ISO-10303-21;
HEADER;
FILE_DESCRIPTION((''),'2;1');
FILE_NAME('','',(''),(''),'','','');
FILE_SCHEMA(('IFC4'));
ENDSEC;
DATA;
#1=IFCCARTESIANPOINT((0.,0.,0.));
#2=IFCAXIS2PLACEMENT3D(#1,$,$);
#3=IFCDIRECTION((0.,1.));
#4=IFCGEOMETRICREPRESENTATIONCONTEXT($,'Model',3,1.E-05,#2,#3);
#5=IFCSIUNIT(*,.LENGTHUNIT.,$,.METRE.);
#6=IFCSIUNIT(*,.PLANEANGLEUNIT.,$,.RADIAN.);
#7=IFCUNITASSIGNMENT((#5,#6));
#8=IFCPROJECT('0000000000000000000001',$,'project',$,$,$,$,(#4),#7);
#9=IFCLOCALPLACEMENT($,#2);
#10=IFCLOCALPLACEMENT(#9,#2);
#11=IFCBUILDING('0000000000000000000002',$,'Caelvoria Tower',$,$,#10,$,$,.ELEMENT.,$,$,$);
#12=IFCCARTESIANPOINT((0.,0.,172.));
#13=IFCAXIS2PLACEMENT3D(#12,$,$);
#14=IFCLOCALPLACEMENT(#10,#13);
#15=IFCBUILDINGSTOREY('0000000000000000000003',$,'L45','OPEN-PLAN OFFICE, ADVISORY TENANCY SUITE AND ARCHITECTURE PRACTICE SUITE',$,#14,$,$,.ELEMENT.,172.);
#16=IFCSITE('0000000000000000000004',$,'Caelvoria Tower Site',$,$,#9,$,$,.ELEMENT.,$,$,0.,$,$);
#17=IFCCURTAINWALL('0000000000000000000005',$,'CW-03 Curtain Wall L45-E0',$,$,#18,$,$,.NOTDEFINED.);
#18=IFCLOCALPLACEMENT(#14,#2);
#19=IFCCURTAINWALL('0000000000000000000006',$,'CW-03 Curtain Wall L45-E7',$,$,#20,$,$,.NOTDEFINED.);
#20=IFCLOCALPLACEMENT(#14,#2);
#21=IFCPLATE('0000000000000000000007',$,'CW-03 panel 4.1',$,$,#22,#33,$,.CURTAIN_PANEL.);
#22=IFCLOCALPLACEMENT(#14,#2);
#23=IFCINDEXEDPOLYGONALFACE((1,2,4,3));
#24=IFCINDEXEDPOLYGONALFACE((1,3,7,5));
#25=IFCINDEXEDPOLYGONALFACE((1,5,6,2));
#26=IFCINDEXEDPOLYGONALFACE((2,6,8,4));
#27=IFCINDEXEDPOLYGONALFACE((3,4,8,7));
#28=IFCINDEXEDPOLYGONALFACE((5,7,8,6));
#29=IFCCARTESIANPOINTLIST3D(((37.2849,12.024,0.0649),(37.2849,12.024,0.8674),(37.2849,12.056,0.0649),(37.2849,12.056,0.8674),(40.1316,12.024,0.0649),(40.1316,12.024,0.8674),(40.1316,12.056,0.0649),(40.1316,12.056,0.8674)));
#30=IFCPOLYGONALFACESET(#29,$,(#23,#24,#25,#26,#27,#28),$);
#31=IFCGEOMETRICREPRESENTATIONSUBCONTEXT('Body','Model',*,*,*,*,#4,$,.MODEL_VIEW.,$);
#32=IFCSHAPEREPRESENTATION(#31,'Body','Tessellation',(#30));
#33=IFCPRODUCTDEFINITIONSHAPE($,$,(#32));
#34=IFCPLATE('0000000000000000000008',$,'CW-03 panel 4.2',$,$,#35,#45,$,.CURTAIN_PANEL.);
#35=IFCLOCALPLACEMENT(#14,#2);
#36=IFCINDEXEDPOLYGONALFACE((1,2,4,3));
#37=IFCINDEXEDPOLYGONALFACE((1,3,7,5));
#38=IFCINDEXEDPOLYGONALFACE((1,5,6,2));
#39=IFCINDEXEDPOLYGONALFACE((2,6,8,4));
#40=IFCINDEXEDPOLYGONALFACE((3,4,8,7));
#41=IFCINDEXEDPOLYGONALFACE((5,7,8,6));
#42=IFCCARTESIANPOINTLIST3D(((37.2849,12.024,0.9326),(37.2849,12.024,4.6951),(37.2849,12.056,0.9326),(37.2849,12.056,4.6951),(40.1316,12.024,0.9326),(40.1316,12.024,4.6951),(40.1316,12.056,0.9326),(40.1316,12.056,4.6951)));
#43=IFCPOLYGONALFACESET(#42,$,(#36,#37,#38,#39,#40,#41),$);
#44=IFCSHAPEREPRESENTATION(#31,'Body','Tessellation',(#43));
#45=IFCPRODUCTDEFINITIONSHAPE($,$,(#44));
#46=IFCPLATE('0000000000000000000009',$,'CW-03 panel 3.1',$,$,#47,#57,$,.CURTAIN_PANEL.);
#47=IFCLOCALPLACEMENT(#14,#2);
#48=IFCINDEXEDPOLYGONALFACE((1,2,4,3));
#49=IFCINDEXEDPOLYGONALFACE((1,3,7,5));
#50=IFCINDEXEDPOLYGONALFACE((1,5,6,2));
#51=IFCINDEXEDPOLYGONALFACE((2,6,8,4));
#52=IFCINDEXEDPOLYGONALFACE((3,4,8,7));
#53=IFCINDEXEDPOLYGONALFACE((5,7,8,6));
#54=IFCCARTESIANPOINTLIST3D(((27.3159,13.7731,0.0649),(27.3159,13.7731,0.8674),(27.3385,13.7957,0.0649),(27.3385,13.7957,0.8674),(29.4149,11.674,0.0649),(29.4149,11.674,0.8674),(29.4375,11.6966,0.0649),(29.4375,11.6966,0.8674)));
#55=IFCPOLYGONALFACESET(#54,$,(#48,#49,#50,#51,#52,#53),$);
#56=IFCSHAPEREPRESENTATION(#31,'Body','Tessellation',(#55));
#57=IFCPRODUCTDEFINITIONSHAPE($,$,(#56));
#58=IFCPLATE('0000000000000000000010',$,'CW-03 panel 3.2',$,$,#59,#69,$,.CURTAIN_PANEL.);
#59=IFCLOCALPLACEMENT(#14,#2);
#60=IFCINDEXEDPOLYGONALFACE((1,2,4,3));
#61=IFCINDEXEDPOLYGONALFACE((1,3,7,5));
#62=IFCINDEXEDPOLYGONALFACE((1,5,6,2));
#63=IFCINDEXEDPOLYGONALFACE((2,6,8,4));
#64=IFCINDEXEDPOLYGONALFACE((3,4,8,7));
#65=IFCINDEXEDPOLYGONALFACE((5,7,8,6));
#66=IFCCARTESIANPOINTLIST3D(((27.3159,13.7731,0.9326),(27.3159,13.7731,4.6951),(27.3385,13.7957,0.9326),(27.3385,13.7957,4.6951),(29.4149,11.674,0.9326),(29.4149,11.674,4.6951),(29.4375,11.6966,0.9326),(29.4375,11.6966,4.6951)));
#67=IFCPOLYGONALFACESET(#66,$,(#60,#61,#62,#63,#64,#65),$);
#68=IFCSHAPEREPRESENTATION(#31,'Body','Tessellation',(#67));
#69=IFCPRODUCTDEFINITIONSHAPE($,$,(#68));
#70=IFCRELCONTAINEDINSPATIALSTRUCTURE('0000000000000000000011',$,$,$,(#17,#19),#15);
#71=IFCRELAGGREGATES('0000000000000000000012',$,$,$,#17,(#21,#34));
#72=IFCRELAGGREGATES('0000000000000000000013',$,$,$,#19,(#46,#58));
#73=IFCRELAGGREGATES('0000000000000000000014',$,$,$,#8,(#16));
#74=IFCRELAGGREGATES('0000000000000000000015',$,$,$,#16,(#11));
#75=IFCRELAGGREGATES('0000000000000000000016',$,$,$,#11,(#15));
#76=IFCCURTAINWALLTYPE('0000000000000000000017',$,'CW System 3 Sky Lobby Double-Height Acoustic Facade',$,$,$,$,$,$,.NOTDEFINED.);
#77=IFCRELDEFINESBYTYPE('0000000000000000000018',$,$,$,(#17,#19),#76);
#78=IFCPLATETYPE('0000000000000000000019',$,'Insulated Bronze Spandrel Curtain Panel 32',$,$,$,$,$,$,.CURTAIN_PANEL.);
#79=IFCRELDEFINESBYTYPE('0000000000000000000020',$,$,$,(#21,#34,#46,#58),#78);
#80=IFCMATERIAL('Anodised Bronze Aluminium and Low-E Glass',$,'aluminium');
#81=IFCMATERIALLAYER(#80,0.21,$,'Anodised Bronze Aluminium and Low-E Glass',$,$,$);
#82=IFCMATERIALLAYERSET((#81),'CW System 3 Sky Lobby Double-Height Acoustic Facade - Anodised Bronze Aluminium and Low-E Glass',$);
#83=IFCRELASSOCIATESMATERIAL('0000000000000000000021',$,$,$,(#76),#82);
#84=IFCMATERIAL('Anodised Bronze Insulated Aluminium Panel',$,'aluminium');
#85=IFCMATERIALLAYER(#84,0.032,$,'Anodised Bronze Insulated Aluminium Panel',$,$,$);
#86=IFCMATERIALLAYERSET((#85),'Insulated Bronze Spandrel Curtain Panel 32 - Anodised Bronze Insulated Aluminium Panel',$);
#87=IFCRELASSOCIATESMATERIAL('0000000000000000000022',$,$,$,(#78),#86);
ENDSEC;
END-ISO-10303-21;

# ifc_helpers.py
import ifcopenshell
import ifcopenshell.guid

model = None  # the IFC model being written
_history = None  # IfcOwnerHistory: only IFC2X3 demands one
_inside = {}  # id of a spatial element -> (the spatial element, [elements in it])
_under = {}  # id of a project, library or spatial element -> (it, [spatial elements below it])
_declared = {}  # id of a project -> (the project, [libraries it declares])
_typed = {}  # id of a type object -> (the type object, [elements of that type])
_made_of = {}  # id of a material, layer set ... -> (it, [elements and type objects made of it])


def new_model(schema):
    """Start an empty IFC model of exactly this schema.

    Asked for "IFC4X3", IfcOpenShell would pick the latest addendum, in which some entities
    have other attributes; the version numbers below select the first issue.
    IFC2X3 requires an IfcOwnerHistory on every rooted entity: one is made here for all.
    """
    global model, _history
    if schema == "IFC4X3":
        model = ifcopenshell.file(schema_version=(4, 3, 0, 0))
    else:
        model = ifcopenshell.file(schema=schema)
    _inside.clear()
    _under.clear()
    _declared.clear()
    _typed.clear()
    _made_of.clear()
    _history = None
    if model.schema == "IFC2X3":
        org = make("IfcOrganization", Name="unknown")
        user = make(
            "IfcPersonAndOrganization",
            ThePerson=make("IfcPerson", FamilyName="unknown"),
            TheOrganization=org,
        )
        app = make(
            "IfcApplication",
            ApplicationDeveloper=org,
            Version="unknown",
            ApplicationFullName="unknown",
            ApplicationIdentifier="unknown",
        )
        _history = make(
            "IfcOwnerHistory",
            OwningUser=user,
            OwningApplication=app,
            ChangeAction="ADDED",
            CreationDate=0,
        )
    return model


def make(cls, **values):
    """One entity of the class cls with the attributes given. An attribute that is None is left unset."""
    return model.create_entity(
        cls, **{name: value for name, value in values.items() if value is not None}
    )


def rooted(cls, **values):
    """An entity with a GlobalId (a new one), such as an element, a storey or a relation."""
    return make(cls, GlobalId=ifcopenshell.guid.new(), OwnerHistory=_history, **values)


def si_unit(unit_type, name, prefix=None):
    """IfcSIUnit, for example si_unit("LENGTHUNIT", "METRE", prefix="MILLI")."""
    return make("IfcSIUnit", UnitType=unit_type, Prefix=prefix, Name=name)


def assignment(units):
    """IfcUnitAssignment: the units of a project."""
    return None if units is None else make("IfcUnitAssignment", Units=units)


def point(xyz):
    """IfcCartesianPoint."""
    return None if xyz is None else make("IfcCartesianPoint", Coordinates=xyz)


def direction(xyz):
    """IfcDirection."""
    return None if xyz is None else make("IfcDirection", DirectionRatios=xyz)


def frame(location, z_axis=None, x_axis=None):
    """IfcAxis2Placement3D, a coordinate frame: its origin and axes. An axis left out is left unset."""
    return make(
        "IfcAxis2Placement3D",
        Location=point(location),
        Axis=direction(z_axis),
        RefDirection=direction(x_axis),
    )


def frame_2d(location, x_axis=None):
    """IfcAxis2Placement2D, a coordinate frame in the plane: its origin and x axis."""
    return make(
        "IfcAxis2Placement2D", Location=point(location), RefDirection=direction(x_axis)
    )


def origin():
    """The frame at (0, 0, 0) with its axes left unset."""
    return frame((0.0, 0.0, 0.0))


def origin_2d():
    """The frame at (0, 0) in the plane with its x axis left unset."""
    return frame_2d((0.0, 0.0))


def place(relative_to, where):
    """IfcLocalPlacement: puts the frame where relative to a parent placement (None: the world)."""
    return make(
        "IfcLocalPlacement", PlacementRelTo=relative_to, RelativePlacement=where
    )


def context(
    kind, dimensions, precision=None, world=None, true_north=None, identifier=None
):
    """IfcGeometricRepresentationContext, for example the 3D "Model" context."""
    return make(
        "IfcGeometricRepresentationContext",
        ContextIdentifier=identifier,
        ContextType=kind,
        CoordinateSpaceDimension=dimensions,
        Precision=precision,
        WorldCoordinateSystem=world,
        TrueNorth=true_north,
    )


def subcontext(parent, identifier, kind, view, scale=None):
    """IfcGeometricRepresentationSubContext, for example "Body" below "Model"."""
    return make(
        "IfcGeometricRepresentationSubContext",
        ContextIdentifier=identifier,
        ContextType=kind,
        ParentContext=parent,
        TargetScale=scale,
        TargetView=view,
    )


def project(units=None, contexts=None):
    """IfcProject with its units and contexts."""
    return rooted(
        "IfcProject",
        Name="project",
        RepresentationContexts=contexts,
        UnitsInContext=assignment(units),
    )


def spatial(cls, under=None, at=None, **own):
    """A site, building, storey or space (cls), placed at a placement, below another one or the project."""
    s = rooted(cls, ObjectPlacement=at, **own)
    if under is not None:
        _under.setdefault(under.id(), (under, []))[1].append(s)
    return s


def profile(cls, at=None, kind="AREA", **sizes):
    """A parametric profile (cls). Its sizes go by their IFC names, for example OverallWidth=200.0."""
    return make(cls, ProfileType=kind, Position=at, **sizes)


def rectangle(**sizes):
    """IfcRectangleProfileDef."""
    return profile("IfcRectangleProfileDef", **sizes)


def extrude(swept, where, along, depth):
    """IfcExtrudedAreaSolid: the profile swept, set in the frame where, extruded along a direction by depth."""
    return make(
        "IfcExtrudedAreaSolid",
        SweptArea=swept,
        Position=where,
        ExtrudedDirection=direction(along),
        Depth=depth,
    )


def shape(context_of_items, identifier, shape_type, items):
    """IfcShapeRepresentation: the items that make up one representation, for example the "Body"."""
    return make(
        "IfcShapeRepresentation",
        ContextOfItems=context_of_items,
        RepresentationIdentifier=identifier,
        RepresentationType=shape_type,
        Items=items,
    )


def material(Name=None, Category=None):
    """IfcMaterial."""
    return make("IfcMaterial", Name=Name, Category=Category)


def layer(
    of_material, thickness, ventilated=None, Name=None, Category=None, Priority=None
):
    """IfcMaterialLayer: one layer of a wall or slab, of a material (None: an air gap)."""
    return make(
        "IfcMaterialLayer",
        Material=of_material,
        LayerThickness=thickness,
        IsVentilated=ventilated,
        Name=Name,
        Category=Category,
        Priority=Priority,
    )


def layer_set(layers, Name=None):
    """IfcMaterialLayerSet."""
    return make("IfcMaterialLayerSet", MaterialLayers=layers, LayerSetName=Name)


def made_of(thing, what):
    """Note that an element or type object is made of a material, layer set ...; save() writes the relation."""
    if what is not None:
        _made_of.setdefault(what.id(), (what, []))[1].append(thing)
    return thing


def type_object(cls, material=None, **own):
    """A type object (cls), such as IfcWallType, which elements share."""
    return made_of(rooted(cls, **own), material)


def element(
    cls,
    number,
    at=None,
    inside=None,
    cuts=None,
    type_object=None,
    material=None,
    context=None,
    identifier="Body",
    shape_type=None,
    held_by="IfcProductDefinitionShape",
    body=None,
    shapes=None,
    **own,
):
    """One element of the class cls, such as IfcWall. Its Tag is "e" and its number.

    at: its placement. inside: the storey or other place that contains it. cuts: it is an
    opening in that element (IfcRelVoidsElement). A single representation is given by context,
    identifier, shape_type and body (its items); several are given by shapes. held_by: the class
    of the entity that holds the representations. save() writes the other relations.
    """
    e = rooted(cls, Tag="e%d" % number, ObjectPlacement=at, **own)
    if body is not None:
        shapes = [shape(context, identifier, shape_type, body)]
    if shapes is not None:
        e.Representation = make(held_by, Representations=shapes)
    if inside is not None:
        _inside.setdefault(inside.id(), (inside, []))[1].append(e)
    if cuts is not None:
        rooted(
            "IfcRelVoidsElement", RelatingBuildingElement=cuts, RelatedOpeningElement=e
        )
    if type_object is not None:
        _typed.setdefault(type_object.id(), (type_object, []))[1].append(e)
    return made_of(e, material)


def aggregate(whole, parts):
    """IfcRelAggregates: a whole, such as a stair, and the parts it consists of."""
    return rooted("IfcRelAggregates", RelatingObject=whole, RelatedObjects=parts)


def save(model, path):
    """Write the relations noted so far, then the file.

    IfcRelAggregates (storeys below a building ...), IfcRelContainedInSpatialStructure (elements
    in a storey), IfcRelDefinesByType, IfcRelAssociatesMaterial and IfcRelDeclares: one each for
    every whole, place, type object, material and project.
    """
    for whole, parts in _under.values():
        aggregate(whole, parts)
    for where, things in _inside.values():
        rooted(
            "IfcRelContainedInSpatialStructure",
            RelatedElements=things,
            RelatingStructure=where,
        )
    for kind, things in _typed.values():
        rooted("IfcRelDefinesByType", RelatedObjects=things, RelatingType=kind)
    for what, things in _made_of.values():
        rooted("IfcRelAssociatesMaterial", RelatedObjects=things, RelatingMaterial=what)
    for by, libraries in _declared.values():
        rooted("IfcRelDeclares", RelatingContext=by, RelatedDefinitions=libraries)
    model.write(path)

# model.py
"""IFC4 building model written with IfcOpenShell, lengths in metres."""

from ifc_helpers import new_model, si_unit, direction, frame, origin, origin_2d, place, context, subcontext, project, spatial, rectangle, extrude, material, layer, layer_set, type_object, element, aggregate, save


model = new_model("IFC4")

# Units and contexts
model_context = context("Model", 3, precision=1e-05, world=origin(), true_north=direction((0.0, 1.0)))
body_context = subcontext(model_context, "Body", "Model", "MODEL_VIEW")
ifc_project = project(units=[si_unit("LENGTHUNIT", "METRE"), si_unit("PLANEANGLEUNIT", "RADIAN")], contexts=[model_context])

# Site, building, storey
site_placement = place(None, origin())
site = spatial("IfcSite", under=ifc_project, at=site_placement, Name="Caelvoria Tower Site", CompositionType="ELEMENT", RefElevation=0.0)
building_placement = place(site_placement, origin())
building = spatial("IfcBuilding", under=site, at=building_placement, Name="Caelvoria Tower", CompositionType="ELEMENT")
storey_placement = place(building_placement, frame((0.0, 0.0, 172.0)))
storey = spatial("IfcBuildingStorey", under=building, at=storey_placement, Name="L45", Description="OPEN-PLAN OFFICE, ADVISORY TENANCY SUITE AND ARCHITECTURE PRACTICE SUITE", CompositionType="ELEMENT", Elevation=172.0)

# Curtain walls
ifc_material_1 = material(Name="Anodised Bronze Aluminium and Low-E Glass", Category="aluminium")
ifc_layer_1 = layer(ifc_material_1, 0.21, Name="Anodised Bronze Aluminium and Low-E Glass")
ifc_layer_set_1 = layer_set([ifc_layer_1], Name="CW System 3 Sky Lobby Double-Height Acoustic Facade - Anodised Bronze Aluminium and Low-E Glass")
curtain_wall_type = type_object("IfcCurtainWallType", Name="CW System 3 Sky Lobby Double-Height Acoustic Facade", PredefinedType="NOTDEFINED", material=ifc_layer_set_1)
curtain_wall_1_placement = place(storey_placement, origin())
curtain_wall_1 = element("IfcCurtainWall", 1, at=curtain_wall_1_placement, inside=storey, type_object=curtain_wall_type, Name="CW-03 Curtain Wall L45-E0", PredefinedType="NOTDEFINED")
curtain_wall_2_placement = place(storey_placement, origin())
curtain_wall_2 = element("IfcCurtainWall", 2, at=curtain_wall_2_placement, inside=storey, type_object=curtain_wall_type, Name="CW-03 Curtain Wall L45-E7", PredefinedType="NOTDEFINED")

# Plates
ifc_material_2 = material(Name="Anodised Bronze Insulated Aluminium Panel", Category="aluminium")
ifc_layer_2 = layer(ifc_material_2, 0.032, Name="Anodised Bronze Insulated Aluminium Panel")
ifc_layer_set_2 = layer_set([ifc_layer_2], Name="Insulated Bronze Spandrel Curtain Panel 32 - Anodised Bronze Insulated Aluminium Panel")
plate_type = type_object("IfcPlateType", Name="Insulated Bronze Spandrel Curtain Panel 32", PredefinedType="CURTAIN_PANEL", material=ifc_layer_set_2)
plate_1_placement = place(storey_placement, frame((38.7083, 12.04, 0.0649), z_axis=(0.0, 0.0, 1.0), x_axis=(1.0, 0.0, 0.0)))
plate_1 = element("IfcPlate", 3, at=plate_1_placement, type_object=plate_type, Name="CW-03 panel 4.1", PredefinedType="CURTAIN_PANEL", context=body_context, shape_type="SweptSolid", body=[
    extrude(rectangle(XDim=2.8467, YDim=0.032, at=origin_2d()), origin(), (0.0, 0.0, 1.0), 0.8025),
])
plate_2_placement = place(storey_placement, frame((38.7083, 12.04, 0.9326), z_axis=(0.0, 0.0, 1.0), x_axis=(1.0, 0.0, 0.0)))
plate_2 = element("IfcPlate", 4, at=plate_2_placement, type_object=plate_type, Name="CW-03 panel 4.2", PredefinedType="CURTAIN_PANEL", context=body_context, shape_type="SweptSolid", body=[
    extrude(rectangle(XDim=2.8467, YDim=0.032, at=origin_2d()), origin(), (0.0, 0.0, 1.0), 3.7625),
])
aggregate(curtain_wall_1, [plate_1, plate_2])
plate_3_placement = place(storey_placement, frame((28.3767, 12.7349, 0.0649), z_axis=(0.0, 0.0, 1.0), x_axis=(0.707107, -0.707107, 0.0)))
plate_3 = element("IfcPlate", 5, at=plate_3_placement, type_object=plate_type, Name="CW-03 panel 3.1", PredefinedType="CURTAIN_PANEL", context=body_context, shape_type="SweptSolid", body=[
    extrude(rectangle(XDim=2.9685, YDim=0.032, at=origin_2d()), origin(), (0.0, 0.0, 1.0), 0.8025),
])
plate_4_placement = place(storey_placement, frame((28.3767, 12.7349, 0.9326), z_axis=(0.0, 0.0, 1.0), x_axis=(0.707107, -0.707107, 0.0)))
plate_4 = element("IfcPlate", 6, at=plate_4_placement, type_object=plate_type, Name="CW-03 panel 3.2", PredefinedType="CURTAIN_PANEL", context=body_context, shape_type="SweptSolid", body=[
    extrude(rectangle(XDim=2.9685, YDim=0.032, at=origin_2d()), origin(), (0.0, 0.0, 1.0), 3.7625),
])
aggregate(curtain_wall_2, [plate_3, plate_4])

save(model, "model.ifc")
